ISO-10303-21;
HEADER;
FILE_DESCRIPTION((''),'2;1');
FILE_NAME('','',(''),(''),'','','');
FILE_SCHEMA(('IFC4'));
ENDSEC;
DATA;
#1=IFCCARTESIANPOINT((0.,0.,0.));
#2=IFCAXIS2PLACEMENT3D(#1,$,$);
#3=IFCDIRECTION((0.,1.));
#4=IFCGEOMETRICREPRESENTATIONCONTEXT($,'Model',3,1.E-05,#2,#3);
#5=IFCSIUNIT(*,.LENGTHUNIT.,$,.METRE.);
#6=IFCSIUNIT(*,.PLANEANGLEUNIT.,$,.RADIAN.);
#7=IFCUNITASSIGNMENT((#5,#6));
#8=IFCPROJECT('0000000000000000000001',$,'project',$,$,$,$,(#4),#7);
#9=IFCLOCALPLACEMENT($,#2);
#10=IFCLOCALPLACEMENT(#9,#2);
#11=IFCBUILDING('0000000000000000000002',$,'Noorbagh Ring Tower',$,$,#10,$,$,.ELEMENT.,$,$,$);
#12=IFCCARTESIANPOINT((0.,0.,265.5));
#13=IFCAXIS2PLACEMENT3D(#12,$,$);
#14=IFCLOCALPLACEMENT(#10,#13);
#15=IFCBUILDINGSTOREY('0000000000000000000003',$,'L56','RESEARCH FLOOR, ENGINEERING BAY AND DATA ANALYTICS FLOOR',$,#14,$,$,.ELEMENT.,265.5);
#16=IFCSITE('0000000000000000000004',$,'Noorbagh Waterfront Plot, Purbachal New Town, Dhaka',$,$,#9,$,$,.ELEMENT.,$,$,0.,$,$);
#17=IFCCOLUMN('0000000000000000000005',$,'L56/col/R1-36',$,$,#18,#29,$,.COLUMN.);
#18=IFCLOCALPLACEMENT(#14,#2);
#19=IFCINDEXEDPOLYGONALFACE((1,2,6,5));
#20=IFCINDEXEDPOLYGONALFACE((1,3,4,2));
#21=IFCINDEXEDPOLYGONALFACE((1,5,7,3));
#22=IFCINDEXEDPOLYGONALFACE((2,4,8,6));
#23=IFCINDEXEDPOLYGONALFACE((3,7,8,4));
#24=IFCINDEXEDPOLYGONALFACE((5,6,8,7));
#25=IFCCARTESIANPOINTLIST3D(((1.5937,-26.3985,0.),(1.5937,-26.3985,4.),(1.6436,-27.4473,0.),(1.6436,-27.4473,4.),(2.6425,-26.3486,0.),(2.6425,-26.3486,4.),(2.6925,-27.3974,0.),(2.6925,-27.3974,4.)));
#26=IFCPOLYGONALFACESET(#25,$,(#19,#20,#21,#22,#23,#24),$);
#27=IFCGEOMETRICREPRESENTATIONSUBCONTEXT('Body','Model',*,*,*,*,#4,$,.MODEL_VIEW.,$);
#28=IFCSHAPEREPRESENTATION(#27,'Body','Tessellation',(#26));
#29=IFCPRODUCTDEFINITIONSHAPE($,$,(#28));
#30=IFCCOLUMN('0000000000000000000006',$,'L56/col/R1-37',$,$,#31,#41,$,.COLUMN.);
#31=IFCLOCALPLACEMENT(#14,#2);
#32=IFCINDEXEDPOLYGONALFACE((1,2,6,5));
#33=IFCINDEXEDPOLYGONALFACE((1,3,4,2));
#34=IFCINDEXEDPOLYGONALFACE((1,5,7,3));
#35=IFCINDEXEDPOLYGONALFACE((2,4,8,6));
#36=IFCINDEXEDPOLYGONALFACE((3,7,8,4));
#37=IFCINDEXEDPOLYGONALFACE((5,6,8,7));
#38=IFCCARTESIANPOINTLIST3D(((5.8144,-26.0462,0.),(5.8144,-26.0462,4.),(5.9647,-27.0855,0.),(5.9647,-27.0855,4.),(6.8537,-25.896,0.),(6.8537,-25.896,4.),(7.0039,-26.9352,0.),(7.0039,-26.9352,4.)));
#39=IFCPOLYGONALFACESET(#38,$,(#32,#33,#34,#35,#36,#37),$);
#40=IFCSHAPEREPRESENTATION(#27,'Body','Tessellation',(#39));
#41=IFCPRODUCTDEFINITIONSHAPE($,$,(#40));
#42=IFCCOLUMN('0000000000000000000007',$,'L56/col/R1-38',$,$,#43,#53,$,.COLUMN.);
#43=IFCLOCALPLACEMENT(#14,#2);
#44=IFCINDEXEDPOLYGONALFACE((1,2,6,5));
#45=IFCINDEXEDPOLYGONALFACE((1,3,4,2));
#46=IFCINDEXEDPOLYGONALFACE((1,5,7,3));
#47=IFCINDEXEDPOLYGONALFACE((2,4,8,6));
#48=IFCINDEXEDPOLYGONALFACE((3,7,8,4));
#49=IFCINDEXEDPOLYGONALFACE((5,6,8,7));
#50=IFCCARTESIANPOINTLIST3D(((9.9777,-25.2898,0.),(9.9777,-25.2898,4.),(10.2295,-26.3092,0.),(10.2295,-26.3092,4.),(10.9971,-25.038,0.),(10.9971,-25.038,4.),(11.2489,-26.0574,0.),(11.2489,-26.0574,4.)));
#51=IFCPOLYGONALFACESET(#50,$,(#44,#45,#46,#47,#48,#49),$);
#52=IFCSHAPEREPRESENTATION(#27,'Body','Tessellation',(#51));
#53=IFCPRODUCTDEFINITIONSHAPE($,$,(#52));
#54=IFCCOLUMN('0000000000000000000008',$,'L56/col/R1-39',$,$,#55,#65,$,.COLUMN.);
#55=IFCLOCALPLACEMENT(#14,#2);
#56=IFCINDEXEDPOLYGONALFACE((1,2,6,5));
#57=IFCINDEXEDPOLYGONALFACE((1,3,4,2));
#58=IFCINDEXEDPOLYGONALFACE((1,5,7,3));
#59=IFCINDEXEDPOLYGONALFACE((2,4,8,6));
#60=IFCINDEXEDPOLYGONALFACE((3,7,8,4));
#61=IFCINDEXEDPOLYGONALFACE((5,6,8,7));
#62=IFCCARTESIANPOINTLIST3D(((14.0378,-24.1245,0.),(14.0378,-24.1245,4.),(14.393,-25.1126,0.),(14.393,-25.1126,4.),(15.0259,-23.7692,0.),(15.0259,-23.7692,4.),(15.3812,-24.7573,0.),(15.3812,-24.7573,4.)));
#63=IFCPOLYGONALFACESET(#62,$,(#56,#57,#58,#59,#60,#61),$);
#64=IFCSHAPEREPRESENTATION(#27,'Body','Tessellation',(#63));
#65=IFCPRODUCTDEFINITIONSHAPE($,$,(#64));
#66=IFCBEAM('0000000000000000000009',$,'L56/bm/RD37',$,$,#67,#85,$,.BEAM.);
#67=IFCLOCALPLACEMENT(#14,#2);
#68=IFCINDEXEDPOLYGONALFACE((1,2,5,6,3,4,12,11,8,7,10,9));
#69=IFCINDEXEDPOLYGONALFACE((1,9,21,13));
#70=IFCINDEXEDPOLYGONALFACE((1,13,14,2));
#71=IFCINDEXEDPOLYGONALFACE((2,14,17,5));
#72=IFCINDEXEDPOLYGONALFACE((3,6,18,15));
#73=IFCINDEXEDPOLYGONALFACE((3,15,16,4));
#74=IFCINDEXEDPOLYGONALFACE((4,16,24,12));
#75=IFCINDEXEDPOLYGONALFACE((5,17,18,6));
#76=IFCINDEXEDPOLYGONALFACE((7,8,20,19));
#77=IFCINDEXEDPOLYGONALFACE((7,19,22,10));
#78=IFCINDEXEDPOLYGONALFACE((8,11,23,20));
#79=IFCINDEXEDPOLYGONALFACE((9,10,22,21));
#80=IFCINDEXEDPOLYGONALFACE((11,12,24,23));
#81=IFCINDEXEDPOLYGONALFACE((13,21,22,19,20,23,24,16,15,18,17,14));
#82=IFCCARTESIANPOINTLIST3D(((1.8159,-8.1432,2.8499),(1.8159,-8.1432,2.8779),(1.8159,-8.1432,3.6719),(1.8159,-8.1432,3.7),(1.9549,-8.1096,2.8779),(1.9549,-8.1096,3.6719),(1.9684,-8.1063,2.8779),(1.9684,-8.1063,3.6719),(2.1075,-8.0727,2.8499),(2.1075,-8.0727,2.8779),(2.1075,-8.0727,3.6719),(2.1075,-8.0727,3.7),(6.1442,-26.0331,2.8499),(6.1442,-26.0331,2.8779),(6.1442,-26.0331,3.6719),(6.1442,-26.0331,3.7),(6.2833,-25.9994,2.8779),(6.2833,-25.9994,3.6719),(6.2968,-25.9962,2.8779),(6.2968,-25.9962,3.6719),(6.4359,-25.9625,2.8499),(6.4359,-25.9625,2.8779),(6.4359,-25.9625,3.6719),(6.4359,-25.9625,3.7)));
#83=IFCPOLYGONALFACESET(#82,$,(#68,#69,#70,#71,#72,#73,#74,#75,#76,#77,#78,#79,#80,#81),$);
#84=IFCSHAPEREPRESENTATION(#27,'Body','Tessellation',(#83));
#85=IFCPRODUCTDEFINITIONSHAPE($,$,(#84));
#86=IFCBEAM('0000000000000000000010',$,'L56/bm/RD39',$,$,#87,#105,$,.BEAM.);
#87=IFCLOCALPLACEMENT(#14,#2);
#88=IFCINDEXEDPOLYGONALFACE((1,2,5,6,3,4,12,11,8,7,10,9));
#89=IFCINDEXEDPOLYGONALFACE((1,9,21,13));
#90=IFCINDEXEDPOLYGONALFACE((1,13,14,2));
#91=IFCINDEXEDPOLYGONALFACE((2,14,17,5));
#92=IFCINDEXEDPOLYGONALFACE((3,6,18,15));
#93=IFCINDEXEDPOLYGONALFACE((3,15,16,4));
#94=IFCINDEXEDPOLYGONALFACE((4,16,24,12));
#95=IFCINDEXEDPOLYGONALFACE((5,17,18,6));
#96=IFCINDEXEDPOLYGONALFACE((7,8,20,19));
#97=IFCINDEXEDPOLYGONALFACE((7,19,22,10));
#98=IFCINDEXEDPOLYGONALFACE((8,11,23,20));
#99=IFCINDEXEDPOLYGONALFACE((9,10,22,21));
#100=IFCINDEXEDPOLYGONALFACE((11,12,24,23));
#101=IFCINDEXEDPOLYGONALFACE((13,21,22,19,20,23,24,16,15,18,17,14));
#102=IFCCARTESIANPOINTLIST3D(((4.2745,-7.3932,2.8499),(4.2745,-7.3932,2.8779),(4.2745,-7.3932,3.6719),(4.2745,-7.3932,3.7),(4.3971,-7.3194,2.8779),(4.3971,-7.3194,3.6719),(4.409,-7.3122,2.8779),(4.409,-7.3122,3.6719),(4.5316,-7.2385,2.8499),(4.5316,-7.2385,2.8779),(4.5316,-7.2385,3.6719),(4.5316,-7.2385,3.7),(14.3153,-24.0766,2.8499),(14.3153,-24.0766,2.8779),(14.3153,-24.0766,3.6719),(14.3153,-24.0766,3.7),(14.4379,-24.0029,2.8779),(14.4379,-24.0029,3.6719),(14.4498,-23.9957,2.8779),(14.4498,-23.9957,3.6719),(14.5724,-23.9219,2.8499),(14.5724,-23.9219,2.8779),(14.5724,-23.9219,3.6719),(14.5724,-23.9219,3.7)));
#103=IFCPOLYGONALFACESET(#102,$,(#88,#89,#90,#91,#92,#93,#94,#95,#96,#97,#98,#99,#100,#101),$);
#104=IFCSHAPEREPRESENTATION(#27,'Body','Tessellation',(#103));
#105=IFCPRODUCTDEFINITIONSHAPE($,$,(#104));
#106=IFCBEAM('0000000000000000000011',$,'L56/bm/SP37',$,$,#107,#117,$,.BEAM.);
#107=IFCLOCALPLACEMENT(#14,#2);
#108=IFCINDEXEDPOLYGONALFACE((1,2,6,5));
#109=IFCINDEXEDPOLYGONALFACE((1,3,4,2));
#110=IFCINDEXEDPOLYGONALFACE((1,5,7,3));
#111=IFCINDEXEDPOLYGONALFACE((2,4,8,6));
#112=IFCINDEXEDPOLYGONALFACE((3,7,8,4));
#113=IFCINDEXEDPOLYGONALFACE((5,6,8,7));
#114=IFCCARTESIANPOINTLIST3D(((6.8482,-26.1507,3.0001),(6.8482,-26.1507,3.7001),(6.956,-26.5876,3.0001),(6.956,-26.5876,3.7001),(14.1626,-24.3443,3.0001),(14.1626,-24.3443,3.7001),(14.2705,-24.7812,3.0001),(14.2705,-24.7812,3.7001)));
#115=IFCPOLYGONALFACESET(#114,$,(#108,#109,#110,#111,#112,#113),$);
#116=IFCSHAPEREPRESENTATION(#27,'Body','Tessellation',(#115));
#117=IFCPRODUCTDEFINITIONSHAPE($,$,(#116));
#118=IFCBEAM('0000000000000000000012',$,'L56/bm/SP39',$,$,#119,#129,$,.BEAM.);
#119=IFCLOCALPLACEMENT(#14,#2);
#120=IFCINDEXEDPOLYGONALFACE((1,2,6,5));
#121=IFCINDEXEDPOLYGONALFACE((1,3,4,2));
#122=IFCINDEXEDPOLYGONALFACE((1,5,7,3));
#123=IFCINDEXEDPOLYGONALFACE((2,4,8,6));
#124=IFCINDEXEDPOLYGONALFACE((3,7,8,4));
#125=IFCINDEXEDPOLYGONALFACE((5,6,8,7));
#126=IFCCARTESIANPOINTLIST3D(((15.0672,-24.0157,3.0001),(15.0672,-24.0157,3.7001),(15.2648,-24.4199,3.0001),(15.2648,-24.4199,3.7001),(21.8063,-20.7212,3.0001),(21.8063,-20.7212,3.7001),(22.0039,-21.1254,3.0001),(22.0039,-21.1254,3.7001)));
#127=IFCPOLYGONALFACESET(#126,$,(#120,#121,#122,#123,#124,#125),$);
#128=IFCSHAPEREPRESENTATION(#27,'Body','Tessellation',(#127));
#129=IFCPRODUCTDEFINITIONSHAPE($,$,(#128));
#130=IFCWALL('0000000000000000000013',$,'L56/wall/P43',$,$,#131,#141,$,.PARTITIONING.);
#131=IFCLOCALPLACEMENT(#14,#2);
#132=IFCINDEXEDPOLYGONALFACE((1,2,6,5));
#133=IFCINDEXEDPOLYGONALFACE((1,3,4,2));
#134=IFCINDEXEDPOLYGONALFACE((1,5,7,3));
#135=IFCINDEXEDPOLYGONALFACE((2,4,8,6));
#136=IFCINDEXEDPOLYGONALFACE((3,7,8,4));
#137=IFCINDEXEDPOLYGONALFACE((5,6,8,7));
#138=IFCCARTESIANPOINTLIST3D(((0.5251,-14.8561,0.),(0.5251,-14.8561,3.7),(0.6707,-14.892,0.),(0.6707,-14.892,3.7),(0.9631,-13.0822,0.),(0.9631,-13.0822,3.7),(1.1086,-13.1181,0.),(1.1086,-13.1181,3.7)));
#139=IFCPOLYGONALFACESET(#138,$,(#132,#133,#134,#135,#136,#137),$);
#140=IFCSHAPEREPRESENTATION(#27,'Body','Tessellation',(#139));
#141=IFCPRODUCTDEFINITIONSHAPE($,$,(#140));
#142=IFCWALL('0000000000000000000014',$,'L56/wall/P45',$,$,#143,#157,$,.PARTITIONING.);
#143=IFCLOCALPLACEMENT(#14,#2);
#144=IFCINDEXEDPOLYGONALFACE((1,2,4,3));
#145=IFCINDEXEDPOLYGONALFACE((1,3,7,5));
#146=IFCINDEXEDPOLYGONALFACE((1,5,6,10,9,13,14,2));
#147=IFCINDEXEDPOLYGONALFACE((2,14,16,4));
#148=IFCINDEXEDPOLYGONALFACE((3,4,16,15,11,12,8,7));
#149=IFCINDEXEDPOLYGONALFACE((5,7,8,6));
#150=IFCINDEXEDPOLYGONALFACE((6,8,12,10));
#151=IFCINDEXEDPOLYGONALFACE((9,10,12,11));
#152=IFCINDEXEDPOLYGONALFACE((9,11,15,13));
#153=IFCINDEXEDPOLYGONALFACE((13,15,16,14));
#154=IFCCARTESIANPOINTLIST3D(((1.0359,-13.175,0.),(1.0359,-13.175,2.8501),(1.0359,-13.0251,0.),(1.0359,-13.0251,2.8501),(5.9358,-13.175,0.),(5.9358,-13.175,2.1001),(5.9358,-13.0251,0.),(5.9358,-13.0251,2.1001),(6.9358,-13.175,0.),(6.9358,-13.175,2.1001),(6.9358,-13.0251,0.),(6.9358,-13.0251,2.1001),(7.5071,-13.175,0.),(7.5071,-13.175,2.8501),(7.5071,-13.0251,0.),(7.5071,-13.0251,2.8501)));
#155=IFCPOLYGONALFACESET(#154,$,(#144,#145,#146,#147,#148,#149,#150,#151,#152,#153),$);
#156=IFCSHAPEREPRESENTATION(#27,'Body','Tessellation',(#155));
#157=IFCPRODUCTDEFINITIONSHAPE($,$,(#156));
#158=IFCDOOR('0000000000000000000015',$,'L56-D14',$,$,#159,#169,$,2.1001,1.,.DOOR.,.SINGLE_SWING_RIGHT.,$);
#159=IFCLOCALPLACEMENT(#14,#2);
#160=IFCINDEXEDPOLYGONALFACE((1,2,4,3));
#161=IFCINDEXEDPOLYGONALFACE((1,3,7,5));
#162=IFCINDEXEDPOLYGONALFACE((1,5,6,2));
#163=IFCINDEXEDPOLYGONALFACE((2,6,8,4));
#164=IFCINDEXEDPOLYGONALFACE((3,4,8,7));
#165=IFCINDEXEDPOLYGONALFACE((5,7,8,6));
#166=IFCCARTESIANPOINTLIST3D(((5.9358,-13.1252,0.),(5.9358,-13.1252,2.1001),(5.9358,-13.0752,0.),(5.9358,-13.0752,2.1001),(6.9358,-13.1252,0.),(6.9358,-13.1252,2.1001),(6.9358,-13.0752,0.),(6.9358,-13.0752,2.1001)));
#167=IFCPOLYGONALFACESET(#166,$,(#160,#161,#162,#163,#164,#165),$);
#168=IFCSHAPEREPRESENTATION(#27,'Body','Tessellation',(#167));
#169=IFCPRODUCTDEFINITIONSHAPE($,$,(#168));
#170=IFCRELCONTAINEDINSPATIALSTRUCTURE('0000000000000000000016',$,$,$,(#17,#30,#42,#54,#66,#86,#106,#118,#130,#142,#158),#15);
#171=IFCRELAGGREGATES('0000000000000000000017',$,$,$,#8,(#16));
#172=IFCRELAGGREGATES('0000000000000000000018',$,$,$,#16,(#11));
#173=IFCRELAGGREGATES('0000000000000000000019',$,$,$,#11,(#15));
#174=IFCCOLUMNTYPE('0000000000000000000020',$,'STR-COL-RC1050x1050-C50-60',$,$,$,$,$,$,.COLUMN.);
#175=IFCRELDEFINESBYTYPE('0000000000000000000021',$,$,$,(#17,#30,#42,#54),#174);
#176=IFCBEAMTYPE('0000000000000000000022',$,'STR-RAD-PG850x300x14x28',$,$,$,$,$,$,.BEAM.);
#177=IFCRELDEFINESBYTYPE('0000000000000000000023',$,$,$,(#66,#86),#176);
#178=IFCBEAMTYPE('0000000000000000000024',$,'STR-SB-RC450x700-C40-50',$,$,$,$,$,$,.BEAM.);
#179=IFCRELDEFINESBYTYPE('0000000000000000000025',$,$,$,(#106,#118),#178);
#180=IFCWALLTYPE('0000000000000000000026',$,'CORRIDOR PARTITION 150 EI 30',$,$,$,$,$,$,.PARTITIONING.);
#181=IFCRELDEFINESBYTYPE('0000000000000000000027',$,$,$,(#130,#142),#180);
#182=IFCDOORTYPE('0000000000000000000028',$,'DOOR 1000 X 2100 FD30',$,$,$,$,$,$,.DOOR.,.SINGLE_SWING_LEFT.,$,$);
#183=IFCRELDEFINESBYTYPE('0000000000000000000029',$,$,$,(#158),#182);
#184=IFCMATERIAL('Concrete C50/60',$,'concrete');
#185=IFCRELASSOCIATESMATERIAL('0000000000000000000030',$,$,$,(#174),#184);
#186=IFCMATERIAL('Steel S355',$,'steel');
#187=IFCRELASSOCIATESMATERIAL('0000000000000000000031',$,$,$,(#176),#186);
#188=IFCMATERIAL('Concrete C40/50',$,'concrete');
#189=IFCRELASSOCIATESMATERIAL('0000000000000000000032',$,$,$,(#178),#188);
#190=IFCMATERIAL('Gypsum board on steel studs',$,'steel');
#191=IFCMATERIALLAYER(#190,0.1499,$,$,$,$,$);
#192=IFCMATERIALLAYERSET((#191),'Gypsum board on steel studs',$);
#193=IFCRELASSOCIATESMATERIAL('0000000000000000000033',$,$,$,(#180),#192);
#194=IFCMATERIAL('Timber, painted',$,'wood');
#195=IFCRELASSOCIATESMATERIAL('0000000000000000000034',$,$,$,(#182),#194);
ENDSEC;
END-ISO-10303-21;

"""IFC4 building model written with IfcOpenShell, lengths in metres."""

from ifc_helpers import new_model, si_unit, direction, frame, frame_2d, origin, origin_2d, place, context, subcontext, project, spatial, rectangle, i_section, extrude, material, layer, layer_set, material_profile, profile_set, type_object, element, fill, save


model = new_model("IFC4")

# Units and contexts
model_context = context("Model", 3, precision=1e-05, world=origin(), true_north=direction((0.0, 1.0)))
body_context = subcontext(model_context, "Body", "Model", "MODEL_VIEW")
ifc_project = project(units=[si_unit("LENGTHUNIT", "METRE"), si_unit("PLANEANGLEUNIT", "RADIAN")], contexts=[model_context])

# Site, building, storey
site_placement = place(None, origin())
site = spatial("IfcSite", under=ifc_project, at=site_placement, Name="Noorbagh Waterfront Plot, Purbachal New Town, Dhaka", CompositionType="ELEMENT", RefElevation=0.0)
building_placement = place(site_placement, origin())
building = spatial("IfcBuilding", under=site, at=building_placement, Name="Noorbagh Ring Tower", CompositionType="ELEMENT")
storey_placement = place(building_placement, frame((0.0, 0.0, 265.5)))
storey = spatial("IfcBuildingStorey", under=building, at=storey_placement, Name="L56", Description="RESEARCH FLOOR, ENGINEERING BAY AND DATA ANALYTICS FLOOR", CompositionType="ELEMENT", Elevation=265.5)

# Columns
ifc_material_1 = material(Name="Concrete C50/60", Category="concrete")
ifc_material_profile_1 = material_profile(ifc_material_1, rectangle(XDim=1.05, YDim=1.05, at=origin_2d()), Name="RC1050x1050")
ifc_profile_set_1 = profile_set([ifc_material_profile_1], Name="Concrete C50/60")
column_type = type_object("IfcColumnType", Name="STR-COL-RC1050x1050-C50-60", PredefinedType="COLUMN", material=ifc_profile_set_1)
for number, where, z_axis, x_axis, name in (
    (1, (2.1431, -26.8979, 0.0), (0.0, 0.0, 1.0), (0.998869, 0.047553, 0.0), "L56/col/R1-36"),
    (2, (6.4092, -26.4907, 0.0), (0.0, 0.0, 1.0), (0.989713, 0.143066, 0.0), "L56/col/R1-37"),
    (3, (10.6133, -25.6736, 0.0), (0.0, 0.0, 1.0), (0.970829, 0.239771, 0.0), "L56/col/R1-38"),
    (4, (14.7095, -24.4409, 0.0), (0.0, 0.0, 1.0), (0.941025, 0.338338, 0.0), "L56/col/R1-39"),
):
    element("IfcColumn", number, at=place(storey_placement, frame(where, z_axis=z_axis, x_axis=x_axis)), inside=storey, type_object=column_type, Name=name, PredefinedType="COLUMN", context=body_context, shape_type="SweptSolid", body=[
        extrude(rectangle(XDim=1.05, YDim=1.05, at=origin_2d()), origin(), (0.0, 0.0, 1.0), 4.0),
    ])

# Beams
ifc_material_2 = material(Name="Steel S355", Category="steel")
ifc_material_profile_2 = material_profile(ifc_material_2, i_section(OverallWidth=0.3, OverallDepth=0.8501, WebThickness=0.0139, FlangeThickness=0.0281, at=origin_2d()), Name="PG850x300x14x28")
ifc_profile_set_2 = profile_set([ifc_material_profile_2], Name="Steel S355")
beam_type_1 = type_object("IfcBeamType", Name="STR-RAD-PG850x300x14x28", PredefinedType="BEAM", material=ifc_profile_set_2)
beam_1_placement = place(storey_placement, frame((6.29, -25.9978, 3.2749), z_axis=(-0.23516, 0.971957, 0.0), x_axis=(-0.971957, -0.23516, 0.0)))
element("IfcBeam", 5, at=beam_1_placement, inside=storey, type_object=beam_type_1, Name="L56/bm/RD37", PredefinedType="BEAM", context=body_context, shape_type="SweptSolid", body=[
    extrude(i_section(OverallWidth=0.3, OverallDepth=0.8501, WebThickness=0.0139, FlangeThickness=0.0281, at=origin_2d()), origin(), (0.0, 0.0, 1.0), 18.406),
])
beam_2_placement = place(storey_placement, frame((14.4438, -23.9993, 3.2749), z_axis=(-0.515657, 0.856795, 0.0), x_axis=(-0.856795, -0.515657, 0.0)))
element("IfcBeam", 6, at=beam_2_placement, inside=storey, type_object=beam_type_1, Name="L56/bm/RD39", PredefinedType="BEAM", context=body_context, shape_type="SweptSolid", body=[
    extrude(i_section(OverallWidth=0.3, OverallDepth=0.8501, WebThickness=0.0139, FlangeThickness=0.0281, at=origin_2d()), origin(), (0.0, 0.0, 1.0), 19.4719),
])
ifc_material_3 = material(Name="Concrete C40/50", Category="concrete")
ifc_material_profile_3 = material_profile(ifc_material_3, rectangle(XDim=0.45, YDim=0.7, at=origin_2d()), Name="RC450x700")
ifc_profile_set_3 = profile_set([ifc_material_profile_3], Name="Concrete C40/50")
beam_type_2 = type_object("IfcBeamType", Name="STR-SB-RC450x700-C40-50", PredefinedType="BEAM", material=ifc_profile_set_3)
beam_3_placement = place(storey_placement, frame((6.9021, -26.3691, 3.3501), z_axis=(0.970832, 0.239759, 0.0), x_axis=(-0.239759, 0.970832, 0.0)))
element("IfcBeam", 7, at=beam_3_placement, inside=storey, type_object=beam_type_2, Name="L56/bm/SP37", PredefinedType="BEAM", context=body_context, shape_type="SweptSolid", body=[
    extrude(rectangle(XDim=0.45, YDim=0.7, at=origin_2d()), origin(), (0.0, 0.0, 1.0), 7.5342),
])
beam_4_placement = place(storey_placement, frame((15.166, -24.2178, 3.3501), z_axis=(0.898395, 0.439189, 0.0), x_axis=(-0.439189, 0.898395, 0.0)))
element("IfcBeam", 8, at=beam_4_placement, inside=storey, type_object=beam_type_2, Name="L56/bm/SP39", PredefinedType="BEAM", context=body_context, shape_type="SweptSolid", body=[
    extrude(rectangle(XDim=0.45, YDim=0.7, at=origin_2d()), origin(), (0.0, 0.0, 1.0), 7.5012),
])

# Wall
ifc_material_4 = material(Name="Gypsum board on steel studs", Category="steel")
ifc_layer_1 = layer(ifc_material_4, 0.1499)
ifc_layer_set_1 = layer_set([ifc_layer_1], Name="Gypsum board on steel studs")
wall_type_1 = type_object("IfcWallType", Name="CORRIDOR PARTITION 150 EI 30", PredefinedType="PARTITIONING", material=ifc_layer_set_1)
wall_1_placement = place(storey_placement, frame((0.5979, -14.874, 0.0), z_axis=(0.0, 0.0, 1.0), x_axis=(0.239705, 0.970846, 0.0)))
element("IfcWall", 9, at=wall_1_placement, inside=storey, type_object=wall_type_1, Name="L56/wall/P43", PredefinedType="PARTITIONING", context=body_context, shape_type="SweptSolid", body=[
    extrude(rectangle(XDim=1.8271, YDim=0.1499, at=frame_2d((0.9136, 0.0))), origin(), (0.0, 0.0, 1.0), 3.7),
])

# Wall, opening, door
wall_2_placement = place(storey_placement, frame((1.0359, -13.1001, 0.0), z_axis=(0.0, 0.0, 1.0), x_axis=(1.0, 0.0, 0.0)))
wall_2 = element("IfcWall", 10, at=wall_2_placement, inside=storey, type_object=wall_type_1, Name="L56/wall/P45", PredefinedType="PARTITIONING", context=body_context, shape_type="SweptSolid", body=[
    extrude(rectangle(XDim=6.4712, YDim=0.1499, at=frame_2d((3.2356, 0.0))), origin(), (0.0, 0.0, 1.0), 2.8501),
])
opening_1_placement = place(wall_2_placement, frame((4.8999, 0.0, 0.0)))
opening_1 = element("IfcOpeningElement", 11, at=opening_1_placement, cuts=wall_2, PredefinedType="OPENING", context=body_context, shape_type="SweptSolid", body=[
    extrude(rectangle(XDim=1.0, YDim=2.1001, at=frame_2d((0.5, 1.05))), frame((0.0, 0.085, 0.0), z_axis=(0.0, -1.0, 0.0), x_axis=(1.0, 0.0, 0.0)), (0.0, 0.0, 1.0), 0.1699),
])
ifc_material_5 = material(Name="Timber, painted", Category="wood")
door_type_1 = type_object("IfcDoorType", Name="DOOR 1000 X 2100 FD30", OperationType="SINGLE_SWING_LEFT", PredefinedType="DOOR", material=ifc_material_5)
door_1_placement = place(opening_1_placement, origin())
door_1 = element("IfcDoor", 12, at=door_1_placement, inside=storey, type_object=door_type_1, Name="L56-D14", OperationType="SINGLE_SWING_RIGHT", OverallHeight=2.1001, OverallWidth=1.0, PredefinedType="DOOR", context=body_context, shape_type="SweptSolid", body=[
    extrude(rectangle(XDim=1.0, YDim=2.1001, at=frame_2d((0.5, 1.05))), frame((0.0, 0.0249, 0.0), z_axis=(0.0, -1.0, 0.0), x_axis=(1.0, 0.0, 0.0)), (0.0, 0.0, 1.0), 0.05),
])
fill(opening_1, door_1)

save(model, "model.ifc")
